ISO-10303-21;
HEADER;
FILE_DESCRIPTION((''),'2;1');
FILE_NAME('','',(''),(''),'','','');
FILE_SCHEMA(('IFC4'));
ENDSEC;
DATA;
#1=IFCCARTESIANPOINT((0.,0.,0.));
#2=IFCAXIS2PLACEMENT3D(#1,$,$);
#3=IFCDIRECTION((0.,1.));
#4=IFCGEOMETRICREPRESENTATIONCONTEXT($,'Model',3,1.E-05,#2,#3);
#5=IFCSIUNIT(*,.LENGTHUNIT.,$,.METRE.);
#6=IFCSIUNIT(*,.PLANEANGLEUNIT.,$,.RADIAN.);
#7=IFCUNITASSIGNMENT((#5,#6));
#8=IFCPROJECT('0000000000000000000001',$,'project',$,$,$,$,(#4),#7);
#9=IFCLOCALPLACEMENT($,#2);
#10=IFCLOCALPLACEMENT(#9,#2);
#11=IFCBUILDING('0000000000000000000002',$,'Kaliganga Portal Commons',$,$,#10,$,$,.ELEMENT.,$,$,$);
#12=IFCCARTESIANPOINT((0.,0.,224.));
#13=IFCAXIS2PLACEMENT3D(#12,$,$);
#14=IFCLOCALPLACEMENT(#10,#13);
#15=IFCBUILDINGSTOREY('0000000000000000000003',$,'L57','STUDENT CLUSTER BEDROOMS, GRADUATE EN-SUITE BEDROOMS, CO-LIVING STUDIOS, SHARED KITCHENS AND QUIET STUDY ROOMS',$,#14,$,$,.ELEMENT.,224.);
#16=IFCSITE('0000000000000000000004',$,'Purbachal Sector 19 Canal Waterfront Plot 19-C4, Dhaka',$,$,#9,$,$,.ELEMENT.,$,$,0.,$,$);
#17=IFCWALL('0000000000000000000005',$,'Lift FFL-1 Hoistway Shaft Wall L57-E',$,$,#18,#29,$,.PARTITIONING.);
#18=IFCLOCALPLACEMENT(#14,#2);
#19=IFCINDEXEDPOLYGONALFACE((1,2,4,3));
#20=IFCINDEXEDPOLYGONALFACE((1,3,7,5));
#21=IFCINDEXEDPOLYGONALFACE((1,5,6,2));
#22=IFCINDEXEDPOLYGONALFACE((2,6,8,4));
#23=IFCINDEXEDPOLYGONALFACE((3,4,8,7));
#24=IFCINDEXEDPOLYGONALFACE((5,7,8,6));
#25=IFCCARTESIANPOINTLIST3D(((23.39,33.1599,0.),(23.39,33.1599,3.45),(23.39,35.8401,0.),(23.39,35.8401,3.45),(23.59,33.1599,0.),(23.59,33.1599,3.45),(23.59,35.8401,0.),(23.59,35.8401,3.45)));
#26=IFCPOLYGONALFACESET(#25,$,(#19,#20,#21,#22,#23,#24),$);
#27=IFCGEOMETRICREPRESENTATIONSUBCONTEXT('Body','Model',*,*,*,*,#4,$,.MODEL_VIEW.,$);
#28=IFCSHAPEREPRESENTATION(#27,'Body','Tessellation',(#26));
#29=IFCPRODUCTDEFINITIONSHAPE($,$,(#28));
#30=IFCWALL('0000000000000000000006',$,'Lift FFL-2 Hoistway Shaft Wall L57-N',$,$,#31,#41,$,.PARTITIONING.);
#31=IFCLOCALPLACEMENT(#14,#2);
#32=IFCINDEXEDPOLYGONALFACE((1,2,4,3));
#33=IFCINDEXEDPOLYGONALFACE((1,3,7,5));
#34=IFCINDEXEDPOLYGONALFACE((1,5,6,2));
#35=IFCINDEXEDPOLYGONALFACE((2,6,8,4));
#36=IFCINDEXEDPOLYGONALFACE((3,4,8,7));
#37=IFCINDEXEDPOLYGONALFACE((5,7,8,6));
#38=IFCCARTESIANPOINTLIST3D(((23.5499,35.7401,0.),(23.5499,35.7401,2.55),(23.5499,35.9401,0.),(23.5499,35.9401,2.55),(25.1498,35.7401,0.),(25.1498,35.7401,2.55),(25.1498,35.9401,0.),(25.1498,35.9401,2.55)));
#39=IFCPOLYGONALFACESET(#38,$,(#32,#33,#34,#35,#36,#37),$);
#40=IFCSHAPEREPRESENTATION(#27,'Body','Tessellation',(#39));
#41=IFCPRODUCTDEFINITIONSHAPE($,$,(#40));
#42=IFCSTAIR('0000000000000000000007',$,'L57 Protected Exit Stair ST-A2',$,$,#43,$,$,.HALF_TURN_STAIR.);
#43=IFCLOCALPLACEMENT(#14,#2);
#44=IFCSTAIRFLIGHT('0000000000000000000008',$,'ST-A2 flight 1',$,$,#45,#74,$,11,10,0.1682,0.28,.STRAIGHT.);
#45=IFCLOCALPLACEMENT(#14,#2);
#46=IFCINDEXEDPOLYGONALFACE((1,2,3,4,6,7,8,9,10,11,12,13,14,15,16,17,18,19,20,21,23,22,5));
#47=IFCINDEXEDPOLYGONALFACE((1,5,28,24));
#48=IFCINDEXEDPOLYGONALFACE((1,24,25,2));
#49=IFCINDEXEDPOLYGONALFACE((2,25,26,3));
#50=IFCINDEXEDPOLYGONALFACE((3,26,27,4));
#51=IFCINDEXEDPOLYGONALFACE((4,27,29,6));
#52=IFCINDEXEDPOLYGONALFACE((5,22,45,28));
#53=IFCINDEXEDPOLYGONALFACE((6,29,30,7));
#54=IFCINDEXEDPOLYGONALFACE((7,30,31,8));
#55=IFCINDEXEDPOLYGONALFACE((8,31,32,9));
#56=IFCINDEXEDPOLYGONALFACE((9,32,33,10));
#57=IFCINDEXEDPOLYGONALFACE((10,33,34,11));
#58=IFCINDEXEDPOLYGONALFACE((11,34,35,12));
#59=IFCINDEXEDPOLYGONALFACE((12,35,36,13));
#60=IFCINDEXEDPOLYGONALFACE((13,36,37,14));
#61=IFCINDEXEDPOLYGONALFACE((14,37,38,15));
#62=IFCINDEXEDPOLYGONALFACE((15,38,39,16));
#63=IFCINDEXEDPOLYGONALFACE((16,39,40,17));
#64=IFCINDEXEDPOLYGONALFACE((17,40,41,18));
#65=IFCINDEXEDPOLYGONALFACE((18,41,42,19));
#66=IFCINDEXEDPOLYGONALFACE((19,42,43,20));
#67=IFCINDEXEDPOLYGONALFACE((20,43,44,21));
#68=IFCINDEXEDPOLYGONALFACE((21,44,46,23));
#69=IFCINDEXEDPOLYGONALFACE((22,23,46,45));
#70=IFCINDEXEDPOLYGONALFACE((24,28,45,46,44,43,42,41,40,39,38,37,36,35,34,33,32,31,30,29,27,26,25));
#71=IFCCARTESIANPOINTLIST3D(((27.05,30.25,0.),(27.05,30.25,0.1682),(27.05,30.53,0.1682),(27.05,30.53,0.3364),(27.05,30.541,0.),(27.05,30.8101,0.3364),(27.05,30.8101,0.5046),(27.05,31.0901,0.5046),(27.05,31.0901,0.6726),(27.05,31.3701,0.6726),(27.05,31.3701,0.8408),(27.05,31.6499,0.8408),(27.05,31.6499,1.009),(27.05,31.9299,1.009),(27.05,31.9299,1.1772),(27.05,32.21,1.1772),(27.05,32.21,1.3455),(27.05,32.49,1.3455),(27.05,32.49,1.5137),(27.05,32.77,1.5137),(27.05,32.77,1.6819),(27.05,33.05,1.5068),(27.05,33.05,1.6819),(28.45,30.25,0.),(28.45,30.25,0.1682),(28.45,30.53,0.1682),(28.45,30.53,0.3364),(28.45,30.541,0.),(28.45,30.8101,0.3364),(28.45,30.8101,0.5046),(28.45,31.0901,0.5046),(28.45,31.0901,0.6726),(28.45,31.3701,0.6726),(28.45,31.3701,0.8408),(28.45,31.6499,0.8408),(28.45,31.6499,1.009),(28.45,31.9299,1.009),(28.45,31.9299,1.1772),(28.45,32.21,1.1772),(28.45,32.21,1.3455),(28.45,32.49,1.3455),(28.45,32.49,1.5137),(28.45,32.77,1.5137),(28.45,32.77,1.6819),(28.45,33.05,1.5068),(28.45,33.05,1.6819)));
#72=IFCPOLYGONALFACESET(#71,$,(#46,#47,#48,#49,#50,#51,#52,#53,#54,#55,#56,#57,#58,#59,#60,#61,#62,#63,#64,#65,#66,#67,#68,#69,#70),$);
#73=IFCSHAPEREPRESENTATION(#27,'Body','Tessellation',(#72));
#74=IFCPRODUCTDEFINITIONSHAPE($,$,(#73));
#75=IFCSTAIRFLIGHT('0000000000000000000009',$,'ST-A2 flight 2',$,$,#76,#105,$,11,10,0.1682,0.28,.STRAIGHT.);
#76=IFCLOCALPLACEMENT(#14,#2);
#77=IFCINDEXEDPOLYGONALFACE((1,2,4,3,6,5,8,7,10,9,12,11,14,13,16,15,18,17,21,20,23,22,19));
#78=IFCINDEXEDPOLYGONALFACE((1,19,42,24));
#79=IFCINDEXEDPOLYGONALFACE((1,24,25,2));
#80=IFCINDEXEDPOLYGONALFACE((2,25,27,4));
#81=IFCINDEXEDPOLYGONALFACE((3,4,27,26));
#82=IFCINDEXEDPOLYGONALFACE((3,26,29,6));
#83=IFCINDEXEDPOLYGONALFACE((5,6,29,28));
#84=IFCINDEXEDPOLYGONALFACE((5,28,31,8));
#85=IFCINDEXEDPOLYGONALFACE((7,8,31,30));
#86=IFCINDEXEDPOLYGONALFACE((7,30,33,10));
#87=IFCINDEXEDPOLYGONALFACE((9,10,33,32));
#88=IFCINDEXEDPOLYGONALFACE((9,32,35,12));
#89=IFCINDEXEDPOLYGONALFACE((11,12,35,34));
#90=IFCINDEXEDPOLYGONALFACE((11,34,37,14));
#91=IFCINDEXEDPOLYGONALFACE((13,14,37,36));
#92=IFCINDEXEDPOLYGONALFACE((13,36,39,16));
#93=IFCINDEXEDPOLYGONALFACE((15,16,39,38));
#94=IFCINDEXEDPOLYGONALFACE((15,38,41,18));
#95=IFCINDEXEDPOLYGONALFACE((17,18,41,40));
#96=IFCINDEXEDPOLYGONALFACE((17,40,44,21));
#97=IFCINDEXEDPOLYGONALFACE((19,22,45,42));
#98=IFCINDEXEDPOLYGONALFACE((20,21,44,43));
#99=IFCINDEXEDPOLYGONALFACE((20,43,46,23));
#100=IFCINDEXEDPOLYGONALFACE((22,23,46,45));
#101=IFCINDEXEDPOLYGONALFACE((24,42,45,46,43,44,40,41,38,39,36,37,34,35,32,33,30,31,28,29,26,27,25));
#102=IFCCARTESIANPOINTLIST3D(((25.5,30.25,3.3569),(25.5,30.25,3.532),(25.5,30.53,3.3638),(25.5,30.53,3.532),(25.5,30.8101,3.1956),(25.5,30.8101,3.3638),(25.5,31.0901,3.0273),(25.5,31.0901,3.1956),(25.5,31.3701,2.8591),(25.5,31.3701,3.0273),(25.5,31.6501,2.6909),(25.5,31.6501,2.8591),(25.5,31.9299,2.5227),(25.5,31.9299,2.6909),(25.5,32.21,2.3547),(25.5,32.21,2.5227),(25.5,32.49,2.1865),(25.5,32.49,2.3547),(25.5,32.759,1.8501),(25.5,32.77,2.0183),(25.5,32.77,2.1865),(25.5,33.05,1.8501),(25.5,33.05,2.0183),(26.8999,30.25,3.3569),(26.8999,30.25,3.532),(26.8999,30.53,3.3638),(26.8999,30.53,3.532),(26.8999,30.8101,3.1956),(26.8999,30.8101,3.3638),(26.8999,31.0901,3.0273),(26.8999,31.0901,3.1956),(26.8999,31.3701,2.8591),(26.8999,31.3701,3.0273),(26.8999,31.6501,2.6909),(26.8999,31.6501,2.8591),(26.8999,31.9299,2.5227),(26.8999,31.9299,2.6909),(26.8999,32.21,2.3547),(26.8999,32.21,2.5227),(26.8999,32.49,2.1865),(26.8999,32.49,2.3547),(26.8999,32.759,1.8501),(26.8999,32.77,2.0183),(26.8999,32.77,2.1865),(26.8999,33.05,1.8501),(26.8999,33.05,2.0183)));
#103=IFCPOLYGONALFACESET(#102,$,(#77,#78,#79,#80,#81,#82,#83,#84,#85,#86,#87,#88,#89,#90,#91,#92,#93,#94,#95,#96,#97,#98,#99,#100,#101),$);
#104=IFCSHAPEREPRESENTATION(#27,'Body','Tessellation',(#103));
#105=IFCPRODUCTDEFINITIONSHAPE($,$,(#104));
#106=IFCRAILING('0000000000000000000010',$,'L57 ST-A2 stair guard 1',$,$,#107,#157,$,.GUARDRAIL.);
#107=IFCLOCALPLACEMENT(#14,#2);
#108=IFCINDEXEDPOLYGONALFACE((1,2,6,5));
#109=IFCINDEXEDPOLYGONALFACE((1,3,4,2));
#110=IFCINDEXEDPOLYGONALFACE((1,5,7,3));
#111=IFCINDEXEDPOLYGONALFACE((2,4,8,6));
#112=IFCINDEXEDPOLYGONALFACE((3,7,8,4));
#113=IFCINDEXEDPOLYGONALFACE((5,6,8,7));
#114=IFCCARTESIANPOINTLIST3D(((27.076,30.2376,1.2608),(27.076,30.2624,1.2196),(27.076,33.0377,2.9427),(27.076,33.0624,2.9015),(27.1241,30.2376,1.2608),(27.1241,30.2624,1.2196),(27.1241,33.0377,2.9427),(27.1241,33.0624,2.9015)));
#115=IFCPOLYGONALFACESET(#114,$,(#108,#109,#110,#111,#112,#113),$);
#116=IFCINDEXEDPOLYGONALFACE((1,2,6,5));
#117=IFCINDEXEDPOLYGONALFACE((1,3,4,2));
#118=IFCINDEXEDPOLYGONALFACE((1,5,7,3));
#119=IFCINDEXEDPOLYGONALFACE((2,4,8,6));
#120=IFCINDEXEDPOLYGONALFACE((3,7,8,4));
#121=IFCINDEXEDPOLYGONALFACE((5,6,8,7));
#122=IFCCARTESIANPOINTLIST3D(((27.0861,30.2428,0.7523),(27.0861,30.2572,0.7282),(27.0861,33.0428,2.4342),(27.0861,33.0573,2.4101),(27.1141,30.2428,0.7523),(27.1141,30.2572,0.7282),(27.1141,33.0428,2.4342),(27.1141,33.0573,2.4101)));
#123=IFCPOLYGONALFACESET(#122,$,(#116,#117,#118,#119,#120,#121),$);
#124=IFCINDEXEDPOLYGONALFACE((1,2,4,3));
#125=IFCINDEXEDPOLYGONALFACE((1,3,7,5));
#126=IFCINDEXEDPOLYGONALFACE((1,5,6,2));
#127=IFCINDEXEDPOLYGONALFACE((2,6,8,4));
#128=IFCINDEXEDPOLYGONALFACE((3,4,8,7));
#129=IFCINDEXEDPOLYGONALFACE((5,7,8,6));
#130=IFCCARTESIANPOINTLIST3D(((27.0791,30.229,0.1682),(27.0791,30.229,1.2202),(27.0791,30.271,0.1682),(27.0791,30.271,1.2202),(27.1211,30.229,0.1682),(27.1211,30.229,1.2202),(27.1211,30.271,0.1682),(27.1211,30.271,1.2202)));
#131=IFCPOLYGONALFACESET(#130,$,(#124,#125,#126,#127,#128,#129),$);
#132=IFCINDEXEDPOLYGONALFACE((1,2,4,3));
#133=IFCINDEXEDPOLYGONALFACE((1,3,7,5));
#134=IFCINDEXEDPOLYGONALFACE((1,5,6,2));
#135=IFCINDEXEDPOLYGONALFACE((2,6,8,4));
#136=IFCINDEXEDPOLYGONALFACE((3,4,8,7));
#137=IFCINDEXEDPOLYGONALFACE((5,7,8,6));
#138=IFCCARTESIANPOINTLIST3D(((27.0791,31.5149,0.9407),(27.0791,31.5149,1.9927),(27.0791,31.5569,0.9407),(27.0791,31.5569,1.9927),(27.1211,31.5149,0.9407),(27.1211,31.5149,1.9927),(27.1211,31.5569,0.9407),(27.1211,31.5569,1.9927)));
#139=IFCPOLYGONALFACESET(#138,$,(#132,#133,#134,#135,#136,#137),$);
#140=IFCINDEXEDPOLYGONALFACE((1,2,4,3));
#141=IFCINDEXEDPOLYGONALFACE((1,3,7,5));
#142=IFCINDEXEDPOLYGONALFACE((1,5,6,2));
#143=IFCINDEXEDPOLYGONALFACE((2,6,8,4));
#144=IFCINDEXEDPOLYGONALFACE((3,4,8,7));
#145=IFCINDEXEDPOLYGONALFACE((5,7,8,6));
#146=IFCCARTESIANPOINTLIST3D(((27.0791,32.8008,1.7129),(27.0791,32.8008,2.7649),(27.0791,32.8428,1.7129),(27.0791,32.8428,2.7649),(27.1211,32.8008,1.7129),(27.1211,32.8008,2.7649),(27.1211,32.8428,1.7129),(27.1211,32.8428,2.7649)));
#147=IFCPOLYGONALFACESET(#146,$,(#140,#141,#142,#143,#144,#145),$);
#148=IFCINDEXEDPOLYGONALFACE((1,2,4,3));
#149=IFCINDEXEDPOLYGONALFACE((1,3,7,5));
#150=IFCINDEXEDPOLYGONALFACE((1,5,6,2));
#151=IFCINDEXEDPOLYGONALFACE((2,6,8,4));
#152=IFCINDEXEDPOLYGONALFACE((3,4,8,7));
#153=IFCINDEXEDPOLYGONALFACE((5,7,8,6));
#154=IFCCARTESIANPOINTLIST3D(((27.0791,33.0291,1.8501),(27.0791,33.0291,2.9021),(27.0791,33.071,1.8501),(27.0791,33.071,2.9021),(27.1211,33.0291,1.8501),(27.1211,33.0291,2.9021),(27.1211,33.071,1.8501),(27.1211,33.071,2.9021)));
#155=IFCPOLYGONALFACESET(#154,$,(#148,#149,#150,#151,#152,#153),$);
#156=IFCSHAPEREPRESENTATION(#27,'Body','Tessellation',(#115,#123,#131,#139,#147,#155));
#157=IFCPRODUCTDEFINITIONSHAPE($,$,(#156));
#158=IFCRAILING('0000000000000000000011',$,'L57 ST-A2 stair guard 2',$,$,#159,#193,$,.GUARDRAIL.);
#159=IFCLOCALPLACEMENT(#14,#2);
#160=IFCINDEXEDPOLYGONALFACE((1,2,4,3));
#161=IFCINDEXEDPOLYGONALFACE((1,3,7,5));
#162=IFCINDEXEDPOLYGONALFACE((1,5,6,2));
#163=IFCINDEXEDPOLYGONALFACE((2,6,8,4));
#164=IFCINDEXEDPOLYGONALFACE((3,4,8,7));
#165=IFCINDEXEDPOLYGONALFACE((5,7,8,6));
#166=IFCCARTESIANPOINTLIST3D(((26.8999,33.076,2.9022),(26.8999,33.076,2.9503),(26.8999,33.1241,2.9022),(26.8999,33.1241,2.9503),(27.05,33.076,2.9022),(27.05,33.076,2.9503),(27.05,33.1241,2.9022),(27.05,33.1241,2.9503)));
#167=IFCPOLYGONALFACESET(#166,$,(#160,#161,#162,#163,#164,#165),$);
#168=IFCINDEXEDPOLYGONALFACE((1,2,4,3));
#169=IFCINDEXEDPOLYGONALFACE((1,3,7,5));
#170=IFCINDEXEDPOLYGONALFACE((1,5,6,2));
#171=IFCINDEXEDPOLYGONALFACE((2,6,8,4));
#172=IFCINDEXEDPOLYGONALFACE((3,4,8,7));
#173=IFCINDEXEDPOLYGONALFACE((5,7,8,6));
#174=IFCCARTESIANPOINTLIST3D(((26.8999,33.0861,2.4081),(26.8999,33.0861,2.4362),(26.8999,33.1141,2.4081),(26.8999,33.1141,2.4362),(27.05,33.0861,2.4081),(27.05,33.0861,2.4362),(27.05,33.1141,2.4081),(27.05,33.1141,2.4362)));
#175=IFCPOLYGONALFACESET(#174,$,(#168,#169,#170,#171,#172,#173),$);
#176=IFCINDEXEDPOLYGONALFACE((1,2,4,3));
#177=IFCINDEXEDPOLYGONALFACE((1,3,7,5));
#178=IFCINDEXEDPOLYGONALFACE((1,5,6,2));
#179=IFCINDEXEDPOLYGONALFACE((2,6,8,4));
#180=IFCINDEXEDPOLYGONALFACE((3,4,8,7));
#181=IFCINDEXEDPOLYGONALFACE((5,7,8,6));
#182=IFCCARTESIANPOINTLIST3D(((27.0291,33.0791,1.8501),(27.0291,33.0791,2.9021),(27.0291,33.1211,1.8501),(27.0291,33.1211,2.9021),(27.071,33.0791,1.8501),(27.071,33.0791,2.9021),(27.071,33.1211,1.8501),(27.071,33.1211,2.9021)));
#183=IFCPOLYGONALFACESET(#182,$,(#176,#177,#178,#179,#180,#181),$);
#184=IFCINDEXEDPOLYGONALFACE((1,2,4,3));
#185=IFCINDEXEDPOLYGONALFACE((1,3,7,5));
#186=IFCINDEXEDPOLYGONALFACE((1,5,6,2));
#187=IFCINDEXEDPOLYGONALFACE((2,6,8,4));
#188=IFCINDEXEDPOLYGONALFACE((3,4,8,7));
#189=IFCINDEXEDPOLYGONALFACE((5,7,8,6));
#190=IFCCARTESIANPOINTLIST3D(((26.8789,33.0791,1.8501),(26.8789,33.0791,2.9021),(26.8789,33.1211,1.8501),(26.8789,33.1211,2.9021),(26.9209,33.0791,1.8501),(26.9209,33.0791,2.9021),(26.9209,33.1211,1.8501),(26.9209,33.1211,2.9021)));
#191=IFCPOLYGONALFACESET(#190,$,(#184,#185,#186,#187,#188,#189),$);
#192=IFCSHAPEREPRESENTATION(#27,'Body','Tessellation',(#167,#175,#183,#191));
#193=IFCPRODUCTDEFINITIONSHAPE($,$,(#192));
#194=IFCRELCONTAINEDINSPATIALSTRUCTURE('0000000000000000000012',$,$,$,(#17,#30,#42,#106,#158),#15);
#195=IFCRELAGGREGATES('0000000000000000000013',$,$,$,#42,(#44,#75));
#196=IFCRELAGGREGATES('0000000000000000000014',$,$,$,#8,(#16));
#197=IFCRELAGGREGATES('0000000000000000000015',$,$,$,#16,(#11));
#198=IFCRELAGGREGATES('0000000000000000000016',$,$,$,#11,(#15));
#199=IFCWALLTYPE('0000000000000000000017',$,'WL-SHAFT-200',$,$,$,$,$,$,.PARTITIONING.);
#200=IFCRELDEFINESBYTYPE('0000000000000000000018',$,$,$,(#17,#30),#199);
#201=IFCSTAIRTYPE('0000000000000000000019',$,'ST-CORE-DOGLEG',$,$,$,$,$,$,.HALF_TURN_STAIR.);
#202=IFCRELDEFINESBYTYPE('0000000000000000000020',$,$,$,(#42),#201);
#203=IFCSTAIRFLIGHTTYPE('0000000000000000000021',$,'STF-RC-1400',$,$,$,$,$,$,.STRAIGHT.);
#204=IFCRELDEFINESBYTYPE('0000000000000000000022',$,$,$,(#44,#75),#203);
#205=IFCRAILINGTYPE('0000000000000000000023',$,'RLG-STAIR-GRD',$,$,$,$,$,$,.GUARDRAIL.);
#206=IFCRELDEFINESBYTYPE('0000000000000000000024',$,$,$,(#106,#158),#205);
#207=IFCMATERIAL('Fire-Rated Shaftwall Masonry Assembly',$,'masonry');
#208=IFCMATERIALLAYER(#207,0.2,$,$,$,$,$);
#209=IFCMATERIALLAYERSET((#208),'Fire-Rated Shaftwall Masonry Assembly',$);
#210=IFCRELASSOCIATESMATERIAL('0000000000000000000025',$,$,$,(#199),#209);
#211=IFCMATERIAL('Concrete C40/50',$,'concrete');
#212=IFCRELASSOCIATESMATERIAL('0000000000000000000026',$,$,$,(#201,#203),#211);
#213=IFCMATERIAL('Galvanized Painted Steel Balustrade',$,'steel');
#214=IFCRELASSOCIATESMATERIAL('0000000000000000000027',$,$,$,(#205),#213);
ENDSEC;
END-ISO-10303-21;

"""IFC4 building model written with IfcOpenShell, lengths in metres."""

from ifc_helpers import new_model, si_unit, direction, frame, frame_2d, origin, origin_2d, place, context, subcontext, project, spatial, polyline, rectangle, outline, extrude, material, layer, layer_set, type_object, element, aggregate, save


model = new_model("IFC4")

# Units and contexts
model_context = context("Model", 3, precision=1e-05, world=origin(), true_north=direction((0.0, 1.0)))
body_context = subcontext(model_context, "Body", "Model", "MODEL_VIEW")
ifc_project = project(units=[si_unit("LENGTHUNIT", "METRE"), si_unit("PLANEANGLEUNIT", "RADIAN")], contexts=[model_context])

# Site, building, storey
site_placement = place(None, origin())
site = spatial("IfcSite", under=ifc_project, at=site_placement, Name="Purbachal Sector 19 Canal Waterfront Plot 19-C4, Dhaka", CompositionType="ELEMENT", RefElevation=0.0)
building_placement = place(site_placement, origin())
building = spatial("IfcBuilding", under=site, at=building_placement, Name="Kaliganga Portal Commons", CompositionType="ELEMENT")
storey_placement = place(building_placement, frame((0.0, 0.0, 224.0)))
storey = spatial("IfcBuildingStorey", under=building, at=storey_placement, Name="L57", Description="STUDENT CLUSTER BEDROOMS, GRADUATE EN-SUITE BEDROOMS, CO-LIVING STUDIOS, SHARED KITCHENS AND QUIET STUDY ROOMS", CompositionType="ELEMENT", Elevation=224.0)

# Shared definitions
ifc_material_1 = material(Name="Fire-Rated Shaftwall Masonry Assembly", Category="masonry")
ifc_layer_1 = layer(ifc_material_1, 0.2)
ifc_layer_set_1 = layer_set([ifc_layer_1], Name="Fire-Rated Shaftwall Masonry Assembly")
wall_type_1 = type_object("IfcWallType", Name="WL-SHAFT-200", PredefinedType="PARTITIONING", material=ifc_layer_set_1)

# Wall
for number, where, z_axis, x_axis, name in (
    (1, (23.49, 33.1599, 0.0), (0.0, 0.0, 1.0), (0.0, 1.0, 0.0), "Lift FFL-1 Hoistway Shaft Wall L57-E"),
):
    element("IfcWall", number, at=place(storey_placement, frame(where, z_axis=z_axis, x_axis=x_axis)), inside=storey, type_object=wall_type_1, Name=name, PredefinedType="PARTITIONING", context=body_context, shape_type="SweptSolid", body=[
        extrude(rectangle(XDim=2.6802, YDim=0.2, at=frame_2d((1.3401, 0.0))), origin(), (0.0, 0.0, 1.0), 3.45),
    ])

# Wall
wall_1_placement = place(storey_placement, frame((23.55, 35.8401, 0.0), z_axis=(0.0, 0.0, 1.0), x_axis=(1.0, 0.0, 0.0)))
element("IfcWall", 2, at=wall_1_placement, inside=storey, type_object=wall_type_1, Name="Lift FFL-2 Hoistway Shaft Wall L57-N", PredefinedType="PARTITIONING", context=body_context, shape_type="SweptSolid", body=[
    extrude(rectangle(XDim=1.5999, YDim=0.2, at=frame_2d((0.7998, 0.0))), origin(), (0.0, 0.0, 1.0), 2.55),
])

# Stair, stair flights
ifc_material_2 = material(Name="Concrete C40/50", Category="concrete")
stair_type = type_object("IfcStairType", Name="ST-CORE-DOGLEG", PredefinedType="HALF_TURN_STAIR", material=ifc_material_2)
stair_placement = place(storey_placement, origin())
stair = element("IfcStair", 3, at=stair_placement, inside=storey, type_object=stair_type, Name="L57 Protected Exit Stair ST-A2", PredefinedType="HALF_TURN_STAIR")
stair_flight_type = type_object("IfcStairFlightType", Name="STF-RC-1400", PredefinedType="STRAIGHT", material=ifc_material_2)
stair_flight_1_placement = place(storey_placement, frame((27.75, 30.25, 0.0), z_axis=(0.0, 0.0, 1.0), x_axis=(0.0, 1.0, 0.0)))
stair_flight_1 = element("IfcStairFlight", 4, at=stair_flight_1_placement, type_object=stair_flight_type, Name="ST-A2 flight 1", NumberOfRisers=11, NumberOfTreads=10, PredefinedType="STRAIGHT", RiserHeight=0.1682, TreadLength=0.28, context=body_context, shape_type="SweptSolid", body=[
    extrude(outline(polyline([(0.0, 0.0), (0.0, 0.1682), (0.28, 0.1682), (0.28, 0.3364), (0.5601, 0.3364), (0.5601, 0.5046), (0.8401, 0.5046), (0.8401, 0.6726), (1.1201, 0.6726), (1.1201, 0.8408), (1.3999, 0.8408), (1.3999, 1.009), (1.6799, 1.009), (1.6799, 1.1772), (1.96, 1.1772), (1.96, 1.3455), (2.24, 1.3455), (2.24, 1.5137), (2.52, 1.5137), (2.52, 1.6819), (2.8, 1.6819), (2.8, 1.8501), (2.8, 1.5068), (0.291, 0.0), (0.0, 0.0)])), frame((0.0, 0.7, 0.0), z_axis=(0.0, -1.0, 0.0), x_axis=(1.0, 0.0, 0.0)), (0.0, 0.0, 1.0), 1.3999),
])
stair_flight_2_placement = place(storey_placement, frame((26.2, 33.05, 1.8501), z_axis=(0.0, 0.0, 1.0), x_axis=(0.0, -1.0, 0.0)))
stair_flight_2 = element("IfcStairFlight", 5, at=stair_flight_2_placement, type_object=stair_flight_type, Name="ST-A2 flight 2", NumberOfRisers=11, NumberOfTreads=10, PredefinedType="STRAIGHT", RiserHeight=0.1682, TreadLength=0.28, context=body_context, shape_type="SweptSolid", body=[
    extrude(outline(polyline([(0.0, 0.0), (0.0, 0.1682), (0.28, 0.1682), (0.28, 0.3364), (0.5601, 0.3364), (0.5601, 0.5046), (0.8401, 0.5046), (0.8401, 0.6726), (1.1201, 0.6726), (1.1201, 0.8408), (1.3999, 0.8408), (1.3999, 1.009), (1.6799, 1.009), (1.6799, 1.1772), (1.96, 1.1772), (1.96, 1.3455), (2.24, 1.3455), (2.24, 1.5137), (2.52, 1.5137), (2.52, 1.6819), (2.8, 1.6819), (2.8, 1.8501), (2.8, 1.5068), (0.291, 0.0), (0.0, 0.0)])), frame((0.0, 0.7, 0.0), z_axis=(0.0, -1.0, 0.0), x_axis=(1.0, 0.0, 0.0)), (0.0, 0.0, 1.0), 1.3999),
])
aggregate(stair, [stair_flight_1, stair_flight_2])

# Railings
ifc_material_3 = material(Name="Galvanized Painted Steel Balustrade", Category="steel")
railing_type_1 = type_object("IfcRailingType", Name="RLG-STAIR-GRD", PredefinedType="GUARDRAIL", material=ifc_material_3)
railing_1_placement = place(storey_placement, frame((27.1001, 30.25, 0.1682)))
element("IfcRailing", 6, at=railing_1_placement, inside=storey, type_object=railing_type_1, Name="L57 ST-A2 stair guard 1", PredefinedType="GUARDRAIL", context=body_context, shape_type="SweptSolid", body=[
    extrude(rectangle(XDim=0.0481, YDim=0.0481, at=origin_2d()), frame((0.0, 0.0, 1.072), z_axis=(0.0, 0.857242, 0.514913), x_axis=(-1.0, 0.0, 0.0)), (0.0, 0.0, 1.0), 3.2664),
    extrude(rectangle(XDim=0.0281, YDim=0.0281, at=origin_2d()), frame((0.0, 0.0, 0.572), z_axis=(0.0, 0.857242, 0.514913), x_axis=(-1.0, 0.0, 0.0)), (0.0, 0.0, 1.0), 3.2664),
    extrude(rectangle(XDim=0.042, YDim=0.042, at=origin_2d()), origin(), (0.0, 0.0, 1.0), 1.052),
    extrude(rectangle(XDim=0.042, YDim=0.042, at=origin_2d()), frame((0.0, 1.2859, 0.7725)), (0.0, 0.0, 1.0), 1.052),
    extrude(rectangle(XDim=0.042, YDim=0.042, at=origin_2d()), frame((0.0, 2.5718, 1.5447)), (0.0, 0.0, 1.0), 1.052),
    extrude(rectangle(XDim=0.042, YDim=0.042, at=origin_2d()), frame((0.0, 2.8, 1.6819)), (0.0, 0.0, 1.0), 1.052),
])
railing_2_placement = place(storey_placement, frame((27.05, 33.1001, 1.8501)))
element("IfcRailing", 7, at=railing_2_placement, inside=storey, type_object=railing_type_1, Name="L57 ST-A2 stair guard 2", PredefinedType="GUARDRAIL", context=body_context, shape_type="SweptSolid", body=[
    extrude(rectangle(XDim=0.0481, YDim=0.0481, at=origin_2d()), frame((0.0, 0.0, 1.0762), z_axis=(-1.0, 0.0, 0.0), x_axis=(0.0, -1.0, 0.0)), (0.0, 0.0, 1.0), 0.1501),
    extrude(rectangle(XDim=0.0281, YDim=0.0281, at=origin_2d()), frame((0.0, 0.0, 0.572), z_axis=(-1.0, 0.0, 0.0), x_axis=(0.0, -1.0, 0.0)), (0.0, 0.0, 1.0), 0.1501),
    extrude(rectangle(XDim=0.042, YDim=0.042, at=origin_2d()), origin(), (0.0, 0.0, 1.0), 1.052),
    extrude(rectangle(XDim=0.042, YDim=0.042, at=origin_2d()), frame((-0.1501, 0.0, 0.0)), (0.0, 0.0, 1.0), 1.052),
])

save(model, "model.ifc")
